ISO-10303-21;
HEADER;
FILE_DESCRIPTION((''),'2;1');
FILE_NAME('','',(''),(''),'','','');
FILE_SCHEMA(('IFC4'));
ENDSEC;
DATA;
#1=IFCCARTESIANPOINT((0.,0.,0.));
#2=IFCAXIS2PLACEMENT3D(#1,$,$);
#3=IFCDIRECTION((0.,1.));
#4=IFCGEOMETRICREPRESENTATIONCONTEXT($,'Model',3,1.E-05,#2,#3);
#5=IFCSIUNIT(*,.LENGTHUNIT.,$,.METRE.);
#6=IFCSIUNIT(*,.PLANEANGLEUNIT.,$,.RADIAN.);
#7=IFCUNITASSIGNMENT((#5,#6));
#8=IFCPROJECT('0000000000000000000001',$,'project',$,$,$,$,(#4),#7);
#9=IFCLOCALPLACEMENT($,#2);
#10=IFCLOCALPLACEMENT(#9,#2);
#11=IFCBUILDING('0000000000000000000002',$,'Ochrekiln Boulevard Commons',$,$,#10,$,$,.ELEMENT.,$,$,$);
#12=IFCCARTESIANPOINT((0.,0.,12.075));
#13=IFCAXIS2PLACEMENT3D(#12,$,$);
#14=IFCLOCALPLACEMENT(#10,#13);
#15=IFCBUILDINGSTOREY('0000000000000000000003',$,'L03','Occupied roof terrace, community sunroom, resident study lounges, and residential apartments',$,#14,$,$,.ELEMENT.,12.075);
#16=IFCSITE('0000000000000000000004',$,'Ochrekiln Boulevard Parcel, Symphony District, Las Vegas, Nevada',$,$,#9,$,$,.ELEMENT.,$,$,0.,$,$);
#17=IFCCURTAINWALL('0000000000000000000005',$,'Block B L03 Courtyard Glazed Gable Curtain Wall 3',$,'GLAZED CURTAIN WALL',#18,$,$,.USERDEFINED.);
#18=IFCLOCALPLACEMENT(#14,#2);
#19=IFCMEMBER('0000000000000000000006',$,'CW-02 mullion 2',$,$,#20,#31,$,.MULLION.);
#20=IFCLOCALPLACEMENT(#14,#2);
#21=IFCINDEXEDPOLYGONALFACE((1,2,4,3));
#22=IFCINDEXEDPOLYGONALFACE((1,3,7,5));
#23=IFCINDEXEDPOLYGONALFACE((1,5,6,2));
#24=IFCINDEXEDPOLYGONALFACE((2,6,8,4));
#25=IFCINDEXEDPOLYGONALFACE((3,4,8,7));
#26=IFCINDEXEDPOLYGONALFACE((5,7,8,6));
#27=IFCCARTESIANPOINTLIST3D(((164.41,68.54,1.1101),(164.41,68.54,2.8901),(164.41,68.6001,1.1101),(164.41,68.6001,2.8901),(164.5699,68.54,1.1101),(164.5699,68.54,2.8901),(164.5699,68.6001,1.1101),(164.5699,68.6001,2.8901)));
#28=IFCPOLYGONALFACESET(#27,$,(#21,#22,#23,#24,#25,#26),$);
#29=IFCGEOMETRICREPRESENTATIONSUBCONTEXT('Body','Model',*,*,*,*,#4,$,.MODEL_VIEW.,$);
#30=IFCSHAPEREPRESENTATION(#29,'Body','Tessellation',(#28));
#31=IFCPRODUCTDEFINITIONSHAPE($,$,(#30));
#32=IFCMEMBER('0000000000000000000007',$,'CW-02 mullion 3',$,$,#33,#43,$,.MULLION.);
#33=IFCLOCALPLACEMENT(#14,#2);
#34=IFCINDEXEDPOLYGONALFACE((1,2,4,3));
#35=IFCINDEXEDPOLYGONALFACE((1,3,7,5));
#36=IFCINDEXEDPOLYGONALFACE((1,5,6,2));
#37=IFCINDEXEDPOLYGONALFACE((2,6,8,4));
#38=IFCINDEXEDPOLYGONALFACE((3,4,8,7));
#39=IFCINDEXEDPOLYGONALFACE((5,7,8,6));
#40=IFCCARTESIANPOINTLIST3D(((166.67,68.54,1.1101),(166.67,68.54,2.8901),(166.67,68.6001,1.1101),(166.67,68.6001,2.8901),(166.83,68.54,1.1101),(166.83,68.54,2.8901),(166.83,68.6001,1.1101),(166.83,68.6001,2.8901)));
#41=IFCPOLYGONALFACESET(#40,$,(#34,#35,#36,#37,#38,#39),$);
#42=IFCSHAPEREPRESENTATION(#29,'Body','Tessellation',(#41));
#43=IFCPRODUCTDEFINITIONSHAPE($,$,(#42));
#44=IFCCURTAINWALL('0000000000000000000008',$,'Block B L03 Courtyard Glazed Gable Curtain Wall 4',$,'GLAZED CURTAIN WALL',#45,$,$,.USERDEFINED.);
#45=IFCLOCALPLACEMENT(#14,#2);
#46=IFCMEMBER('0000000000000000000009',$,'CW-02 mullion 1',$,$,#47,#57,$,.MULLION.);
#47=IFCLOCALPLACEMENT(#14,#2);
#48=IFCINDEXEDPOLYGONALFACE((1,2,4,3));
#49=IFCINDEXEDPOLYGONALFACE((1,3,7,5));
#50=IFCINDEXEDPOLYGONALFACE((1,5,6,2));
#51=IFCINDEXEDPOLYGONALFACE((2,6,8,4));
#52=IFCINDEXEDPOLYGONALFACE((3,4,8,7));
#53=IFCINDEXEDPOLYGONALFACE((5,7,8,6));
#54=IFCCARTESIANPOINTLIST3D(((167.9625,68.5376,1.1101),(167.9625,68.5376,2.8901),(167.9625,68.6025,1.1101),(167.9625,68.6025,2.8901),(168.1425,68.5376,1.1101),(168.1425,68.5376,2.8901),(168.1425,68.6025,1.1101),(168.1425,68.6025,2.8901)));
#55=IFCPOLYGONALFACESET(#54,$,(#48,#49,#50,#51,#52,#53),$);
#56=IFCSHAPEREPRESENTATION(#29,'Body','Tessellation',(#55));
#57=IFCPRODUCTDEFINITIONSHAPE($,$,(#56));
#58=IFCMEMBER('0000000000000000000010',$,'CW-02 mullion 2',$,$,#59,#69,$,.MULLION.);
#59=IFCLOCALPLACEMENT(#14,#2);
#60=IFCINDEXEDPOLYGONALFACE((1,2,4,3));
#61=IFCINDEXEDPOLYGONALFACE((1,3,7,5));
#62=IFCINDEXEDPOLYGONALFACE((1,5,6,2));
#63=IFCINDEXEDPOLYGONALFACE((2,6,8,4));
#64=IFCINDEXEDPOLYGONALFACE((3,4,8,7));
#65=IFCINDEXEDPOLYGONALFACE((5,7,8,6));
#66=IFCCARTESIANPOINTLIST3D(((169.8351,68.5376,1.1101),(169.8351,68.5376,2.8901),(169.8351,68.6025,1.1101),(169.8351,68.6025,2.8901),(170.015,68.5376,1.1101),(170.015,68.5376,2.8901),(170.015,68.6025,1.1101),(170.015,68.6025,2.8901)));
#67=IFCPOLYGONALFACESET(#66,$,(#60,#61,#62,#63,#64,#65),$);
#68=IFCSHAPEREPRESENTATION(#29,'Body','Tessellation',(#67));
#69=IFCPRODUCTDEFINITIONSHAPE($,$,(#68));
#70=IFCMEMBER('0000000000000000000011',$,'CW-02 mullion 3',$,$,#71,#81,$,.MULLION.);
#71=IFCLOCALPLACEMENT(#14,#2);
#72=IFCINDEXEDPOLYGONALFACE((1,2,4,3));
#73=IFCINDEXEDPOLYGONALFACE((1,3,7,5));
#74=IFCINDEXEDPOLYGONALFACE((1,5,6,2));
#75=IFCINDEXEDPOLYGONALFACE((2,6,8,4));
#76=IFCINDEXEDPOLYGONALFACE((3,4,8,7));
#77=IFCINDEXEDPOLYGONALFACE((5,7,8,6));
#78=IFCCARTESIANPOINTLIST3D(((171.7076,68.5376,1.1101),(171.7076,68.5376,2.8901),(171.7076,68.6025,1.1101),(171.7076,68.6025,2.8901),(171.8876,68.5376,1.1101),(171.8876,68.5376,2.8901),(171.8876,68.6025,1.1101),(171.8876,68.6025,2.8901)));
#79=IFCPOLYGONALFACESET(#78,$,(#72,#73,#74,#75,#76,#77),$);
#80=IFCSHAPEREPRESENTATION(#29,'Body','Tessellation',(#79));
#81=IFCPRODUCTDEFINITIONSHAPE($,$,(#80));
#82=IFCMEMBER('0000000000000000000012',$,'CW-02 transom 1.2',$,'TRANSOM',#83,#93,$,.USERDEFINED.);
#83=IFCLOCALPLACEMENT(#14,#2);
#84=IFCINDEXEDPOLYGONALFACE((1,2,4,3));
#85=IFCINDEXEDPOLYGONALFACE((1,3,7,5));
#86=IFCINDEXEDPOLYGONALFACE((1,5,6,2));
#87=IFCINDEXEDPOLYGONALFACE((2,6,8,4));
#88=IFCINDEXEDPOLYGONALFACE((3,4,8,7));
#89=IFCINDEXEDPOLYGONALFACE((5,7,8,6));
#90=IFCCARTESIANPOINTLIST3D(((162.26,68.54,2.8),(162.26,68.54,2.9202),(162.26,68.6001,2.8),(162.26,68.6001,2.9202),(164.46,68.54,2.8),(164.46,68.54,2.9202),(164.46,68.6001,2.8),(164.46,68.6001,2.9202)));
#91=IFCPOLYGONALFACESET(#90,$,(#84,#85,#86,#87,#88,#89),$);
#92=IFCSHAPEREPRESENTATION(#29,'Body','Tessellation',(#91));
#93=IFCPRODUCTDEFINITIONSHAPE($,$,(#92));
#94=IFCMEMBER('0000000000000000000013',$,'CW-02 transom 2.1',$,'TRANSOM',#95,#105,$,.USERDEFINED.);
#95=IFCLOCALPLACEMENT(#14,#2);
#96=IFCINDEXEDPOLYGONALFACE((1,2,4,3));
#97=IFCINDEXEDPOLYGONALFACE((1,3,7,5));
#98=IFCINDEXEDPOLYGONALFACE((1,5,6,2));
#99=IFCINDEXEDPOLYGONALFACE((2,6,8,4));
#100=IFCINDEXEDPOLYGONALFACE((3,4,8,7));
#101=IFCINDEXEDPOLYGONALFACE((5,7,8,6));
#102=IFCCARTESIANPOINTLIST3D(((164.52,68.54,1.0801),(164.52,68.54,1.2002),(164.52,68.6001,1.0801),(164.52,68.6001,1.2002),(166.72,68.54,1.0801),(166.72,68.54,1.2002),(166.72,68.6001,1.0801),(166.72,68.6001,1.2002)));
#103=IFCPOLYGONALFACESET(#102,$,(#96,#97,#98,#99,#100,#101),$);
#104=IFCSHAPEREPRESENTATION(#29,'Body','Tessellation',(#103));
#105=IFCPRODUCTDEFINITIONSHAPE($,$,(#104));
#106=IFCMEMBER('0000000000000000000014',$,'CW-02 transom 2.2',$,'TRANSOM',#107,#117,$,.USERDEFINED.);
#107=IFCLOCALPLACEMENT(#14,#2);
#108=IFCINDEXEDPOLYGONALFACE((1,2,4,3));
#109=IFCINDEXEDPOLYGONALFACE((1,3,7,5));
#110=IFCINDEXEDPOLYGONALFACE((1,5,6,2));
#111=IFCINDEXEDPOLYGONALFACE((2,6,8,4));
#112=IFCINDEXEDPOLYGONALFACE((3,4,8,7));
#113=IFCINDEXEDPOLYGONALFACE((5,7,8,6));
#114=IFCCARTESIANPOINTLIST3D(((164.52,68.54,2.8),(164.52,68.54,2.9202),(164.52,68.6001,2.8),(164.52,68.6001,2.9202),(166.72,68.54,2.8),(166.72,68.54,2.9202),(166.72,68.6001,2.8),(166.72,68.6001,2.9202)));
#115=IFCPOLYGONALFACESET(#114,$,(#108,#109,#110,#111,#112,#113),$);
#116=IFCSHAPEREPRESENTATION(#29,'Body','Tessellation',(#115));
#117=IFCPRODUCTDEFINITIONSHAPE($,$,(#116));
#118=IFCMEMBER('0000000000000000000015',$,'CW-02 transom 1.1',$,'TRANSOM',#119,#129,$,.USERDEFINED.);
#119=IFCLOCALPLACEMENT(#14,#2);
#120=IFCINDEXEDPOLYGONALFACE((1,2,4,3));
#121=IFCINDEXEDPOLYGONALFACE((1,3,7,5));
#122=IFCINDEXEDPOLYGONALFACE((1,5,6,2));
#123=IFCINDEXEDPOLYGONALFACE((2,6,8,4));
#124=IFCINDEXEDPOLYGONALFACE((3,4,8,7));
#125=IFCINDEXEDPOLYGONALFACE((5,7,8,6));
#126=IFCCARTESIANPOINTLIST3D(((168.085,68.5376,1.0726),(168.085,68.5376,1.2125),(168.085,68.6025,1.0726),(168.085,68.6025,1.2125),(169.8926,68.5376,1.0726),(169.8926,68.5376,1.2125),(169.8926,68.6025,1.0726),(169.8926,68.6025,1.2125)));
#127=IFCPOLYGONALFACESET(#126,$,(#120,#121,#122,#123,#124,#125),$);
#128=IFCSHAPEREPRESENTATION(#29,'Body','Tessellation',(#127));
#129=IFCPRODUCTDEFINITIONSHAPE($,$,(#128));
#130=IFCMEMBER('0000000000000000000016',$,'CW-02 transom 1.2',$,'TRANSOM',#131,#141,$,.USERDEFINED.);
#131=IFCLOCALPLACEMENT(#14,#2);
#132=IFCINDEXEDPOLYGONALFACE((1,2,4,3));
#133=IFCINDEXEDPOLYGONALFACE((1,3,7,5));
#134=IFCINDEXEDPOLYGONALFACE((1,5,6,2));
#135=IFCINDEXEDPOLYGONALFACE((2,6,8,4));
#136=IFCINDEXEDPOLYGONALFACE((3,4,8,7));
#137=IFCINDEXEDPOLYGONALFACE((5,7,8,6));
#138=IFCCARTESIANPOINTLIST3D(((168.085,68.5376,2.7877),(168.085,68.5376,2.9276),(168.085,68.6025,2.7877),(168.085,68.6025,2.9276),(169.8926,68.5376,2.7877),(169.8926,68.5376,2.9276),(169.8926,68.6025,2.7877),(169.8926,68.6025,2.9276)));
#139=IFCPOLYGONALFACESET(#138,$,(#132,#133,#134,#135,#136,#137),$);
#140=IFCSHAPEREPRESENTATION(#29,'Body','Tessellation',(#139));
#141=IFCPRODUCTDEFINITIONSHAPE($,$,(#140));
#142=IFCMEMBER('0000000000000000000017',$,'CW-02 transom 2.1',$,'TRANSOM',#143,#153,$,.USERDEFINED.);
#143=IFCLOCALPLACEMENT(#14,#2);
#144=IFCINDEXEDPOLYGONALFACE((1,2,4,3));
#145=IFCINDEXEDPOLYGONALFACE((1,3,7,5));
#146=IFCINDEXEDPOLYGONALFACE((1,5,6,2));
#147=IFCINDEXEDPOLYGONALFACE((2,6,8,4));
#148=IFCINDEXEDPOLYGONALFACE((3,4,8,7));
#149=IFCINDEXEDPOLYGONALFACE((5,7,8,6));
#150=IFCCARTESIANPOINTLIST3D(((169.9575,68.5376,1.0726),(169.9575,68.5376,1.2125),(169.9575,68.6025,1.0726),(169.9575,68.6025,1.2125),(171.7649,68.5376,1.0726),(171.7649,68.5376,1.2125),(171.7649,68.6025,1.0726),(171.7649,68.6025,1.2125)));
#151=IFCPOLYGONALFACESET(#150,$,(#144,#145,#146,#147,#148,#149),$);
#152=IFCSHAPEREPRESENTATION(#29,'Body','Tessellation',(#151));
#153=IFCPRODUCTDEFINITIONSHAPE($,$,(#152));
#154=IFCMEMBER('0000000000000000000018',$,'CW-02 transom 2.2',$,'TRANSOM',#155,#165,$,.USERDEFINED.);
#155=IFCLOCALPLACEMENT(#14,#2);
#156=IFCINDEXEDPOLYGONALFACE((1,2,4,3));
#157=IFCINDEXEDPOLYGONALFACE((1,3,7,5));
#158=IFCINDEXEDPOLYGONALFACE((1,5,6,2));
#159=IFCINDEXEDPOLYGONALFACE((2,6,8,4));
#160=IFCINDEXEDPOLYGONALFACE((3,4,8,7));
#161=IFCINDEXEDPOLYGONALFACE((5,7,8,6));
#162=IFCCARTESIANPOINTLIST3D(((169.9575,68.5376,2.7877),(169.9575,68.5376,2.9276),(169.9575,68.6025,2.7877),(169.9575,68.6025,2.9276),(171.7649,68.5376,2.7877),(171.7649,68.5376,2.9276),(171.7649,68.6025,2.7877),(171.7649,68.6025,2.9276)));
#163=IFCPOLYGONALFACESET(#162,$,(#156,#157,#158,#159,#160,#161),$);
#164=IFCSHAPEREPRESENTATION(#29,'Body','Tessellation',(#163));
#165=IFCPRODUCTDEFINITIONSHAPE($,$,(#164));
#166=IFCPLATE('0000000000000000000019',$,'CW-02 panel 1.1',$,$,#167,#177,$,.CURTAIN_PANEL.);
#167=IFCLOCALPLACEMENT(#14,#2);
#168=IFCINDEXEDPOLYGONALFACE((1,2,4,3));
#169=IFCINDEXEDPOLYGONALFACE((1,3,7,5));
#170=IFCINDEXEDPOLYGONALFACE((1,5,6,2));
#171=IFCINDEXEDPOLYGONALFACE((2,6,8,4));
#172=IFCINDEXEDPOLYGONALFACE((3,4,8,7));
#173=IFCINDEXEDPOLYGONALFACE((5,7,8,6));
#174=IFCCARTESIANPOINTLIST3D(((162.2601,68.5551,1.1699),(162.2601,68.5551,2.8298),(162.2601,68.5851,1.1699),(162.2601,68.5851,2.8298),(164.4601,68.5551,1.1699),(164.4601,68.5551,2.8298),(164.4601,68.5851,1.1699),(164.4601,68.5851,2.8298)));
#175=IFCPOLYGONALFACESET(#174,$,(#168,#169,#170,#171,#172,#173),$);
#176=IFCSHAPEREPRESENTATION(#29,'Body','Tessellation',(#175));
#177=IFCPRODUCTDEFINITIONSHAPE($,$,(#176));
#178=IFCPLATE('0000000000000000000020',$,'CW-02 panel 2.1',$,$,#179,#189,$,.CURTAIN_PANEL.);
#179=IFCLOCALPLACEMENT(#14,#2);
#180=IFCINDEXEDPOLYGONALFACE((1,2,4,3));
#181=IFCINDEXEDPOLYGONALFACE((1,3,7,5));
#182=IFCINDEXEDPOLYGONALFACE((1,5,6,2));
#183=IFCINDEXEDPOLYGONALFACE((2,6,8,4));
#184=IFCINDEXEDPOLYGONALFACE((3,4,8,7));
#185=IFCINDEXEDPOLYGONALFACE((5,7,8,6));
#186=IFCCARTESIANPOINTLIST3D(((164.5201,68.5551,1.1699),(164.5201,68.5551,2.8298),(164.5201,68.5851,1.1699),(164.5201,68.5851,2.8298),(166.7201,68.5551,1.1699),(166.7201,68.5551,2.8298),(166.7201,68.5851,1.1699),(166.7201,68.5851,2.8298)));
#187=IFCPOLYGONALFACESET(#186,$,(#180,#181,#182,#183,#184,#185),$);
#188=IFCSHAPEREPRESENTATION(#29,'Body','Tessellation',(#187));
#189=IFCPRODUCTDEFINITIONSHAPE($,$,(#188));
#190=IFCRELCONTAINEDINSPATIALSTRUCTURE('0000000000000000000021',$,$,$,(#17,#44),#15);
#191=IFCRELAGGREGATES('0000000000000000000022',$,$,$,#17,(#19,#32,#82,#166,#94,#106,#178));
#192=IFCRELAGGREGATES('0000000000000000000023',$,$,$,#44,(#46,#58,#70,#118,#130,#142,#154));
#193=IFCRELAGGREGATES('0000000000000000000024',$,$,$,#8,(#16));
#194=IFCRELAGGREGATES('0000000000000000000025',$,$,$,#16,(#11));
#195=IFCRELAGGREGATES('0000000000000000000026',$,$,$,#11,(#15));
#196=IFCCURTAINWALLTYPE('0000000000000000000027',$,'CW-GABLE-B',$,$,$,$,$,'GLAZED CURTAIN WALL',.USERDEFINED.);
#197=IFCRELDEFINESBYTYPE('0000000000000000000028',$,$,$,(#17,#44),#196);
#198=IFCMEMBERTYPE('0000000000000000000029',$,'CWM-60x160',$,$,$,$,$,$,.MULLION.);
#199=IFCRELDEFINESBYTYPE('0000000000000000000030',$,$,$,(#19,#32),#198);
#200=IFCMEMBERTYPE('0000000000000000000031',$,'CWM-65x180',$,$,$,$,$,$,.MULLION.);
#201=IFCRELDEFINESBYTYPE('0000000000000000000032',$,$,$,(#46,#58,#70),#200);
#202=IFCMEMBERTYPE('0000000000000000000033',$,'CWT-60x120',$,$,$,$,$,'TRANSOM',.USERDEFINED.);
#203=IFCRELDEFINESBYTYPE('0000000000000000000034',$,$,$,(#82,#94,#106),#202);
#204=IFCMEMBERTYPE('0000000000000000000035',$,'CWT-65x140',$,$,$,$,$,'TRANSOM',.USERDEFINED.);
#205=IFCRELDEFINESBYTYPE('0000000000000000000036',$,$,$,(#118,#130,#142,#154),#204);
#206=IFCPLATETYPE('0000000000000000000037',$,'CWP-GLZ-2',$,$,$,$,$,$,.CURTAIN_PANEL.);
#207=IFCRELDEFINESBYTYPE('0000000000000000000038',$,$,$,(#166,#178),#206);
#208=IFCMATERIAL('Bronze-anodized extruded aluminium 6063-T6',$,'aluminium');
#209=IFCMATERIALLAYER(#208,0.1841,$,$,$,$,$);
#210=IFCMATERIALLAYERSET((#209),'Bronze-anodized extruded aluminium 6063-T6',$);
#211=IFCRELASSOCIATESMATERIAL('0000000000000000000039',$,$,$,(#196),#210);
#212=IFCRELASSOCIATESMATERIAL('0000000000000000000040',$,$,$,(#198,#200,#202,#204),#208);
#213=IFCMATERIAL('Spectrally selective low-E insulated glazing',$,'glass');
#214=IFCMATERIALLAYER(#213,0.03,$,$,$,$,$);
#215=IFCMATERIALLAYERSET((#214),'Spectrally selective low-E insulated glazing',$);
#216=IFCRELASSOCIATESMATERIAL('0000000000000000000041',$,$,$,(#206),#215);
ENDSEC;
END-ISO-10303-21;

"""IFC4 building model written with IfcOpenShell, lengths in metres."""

from ifc_helpers import new_model, si_unit, direction, frame, origin, origin_2d, place, context, subcontext, project, spatial, rectangle, extrude, material, layer, layer_set, material_profile, profile_set, type_object, element, aggregate, save


model = new_model("IFC4")

# Units and contexts
model_context = context("Model", 3, precision=1e-05, world=origin(), true_north=direction((0.0, 1.0)))
body_context = subcontext(model_context, "Body", "Model", "MODEL_VIEW")
ifc_project = project(units=[si_unit("LENGTHUNIT", "METRE"), si_unit("PLANEANGLEUNIT", "RADIAN")], contexts=[model_context])

# Site, building, storey
site_placement = place(None, origin())
site = spatial("IfcSite", under=ifc_project, at=site_placement, Name="Ochrekiln Boulevard Parcel, Symphony District, Las Vegas, Nevada", CompositionType="ELEMENT", RefElevation=0.0)
building_placement = place(site_placement, origin())
building = spatial("IfcBuilding", under=site, at=building_placement, Name="Ochrekiln Boulevard Commons", CompositionType="ELEMENT")
storey_placement = place(building_placement, frame((0.0, 0.0, 12.075)))
storey = spatial("IfcBuildingStorey", under=building, at=storey_placement, Name="L03", Description="Occupied roof terrace, community sunroom, resident study lounges, and residential apartments", CompositionType="ELEMENT", Elevation=12.075)

# Curtain walls, members
ifc_material_1 = material(Name="Bronze-anodized extruded aluminium 6063-T6", Category="aluminium")
ifc_layer_1 = layer(ifc_material_1, 0.1841)
ifc_layer_set_1 = layer_set([ifc_layer_1], Name="Bronze-anodized extruded aluminium 6063-T6")
curtain_wall_type = type_object("IfcCurtainWallType", Name="CW-GABLE-B", ElementType="GLAZED CURTAIN WALL", PredefinedType="USERDEFINED", material=ifc_layer_set_1)
curtain_wall_1_placement = place(storey_placement, origin())
curtain_wall_1 = element("IfcCurtainWall", 1, at=curtain_wall_1_placement, inside=storey, type_object=curtain_wall_type, Name="Block B L03 Courtyard Glazed Gable Curtain Wall 3", ObjectType="GLAZED CURTAIN WALL", PredefinedType="USERDEFINED")
ifc_material_profile_1 = material_profile(ifc_material_1, rectangle(XDim=0.0601, YDim=0.1599, at=origin_2d()), Name="ALU-MUL-60x160")
ifc_profile_set_1 = profile_set([ifc_material_profile_1], Name="Bronze-anodized extruded aluminium 6063-T6")
member_type_1 = type_object("IfcMemberType", Name="CWM-60x160", PredefinedType="MULLION", material=ifc_profile_set_1)
member_1_placement = place(storey_placement, frame((164.49, 68.5701, 1.1101), z_axis=(0.0, 0.0, 1.0), x_axis=(0.0, 1.0, 0.0)))
member_1 = element("IfcMember", 2, at=member_1_placement, type_object=member_type_1, Name="CW-02 mullion 2", PredefinedType="MULLION", context=body_context, shape_type="SweptSolid", body=[
    extrude(rectangle(XDim=0.0601, YDim=0.1599, at=origin_2d()), origin(), (0.0, 0.0, 1.0), 1.78),
])
member_2_placement = place(storey_placement, frame((166.75, 68.5701, 1.1101), z_axis=(0.0, 0.0, 1.0), x_axis=(0.0, 1.0, 0.0)))
member_2 = element("IfcMember", 3, at=member_2_placement, type_object=member_type_1, Name="CW-02 mullion 3", PredefinedType="MULLION", context=body_context, shape_type="SweptSolid", body=[
    extrude(rectangle(XDim=0.0601, YDim=0.1599, at=origin_2d()), origin(), (0.0, 0.0, 1.0), 1.78),
])
curtain_wall_2_placement = place(storey_placement, origin())
curtain_wall_2 = element("IfcCurtainWall", 4, at=curtain_wall_2_placement, inside=storey, type_object=curtain_wall_type, Name="Block B L03 Courtyard Glazed Gable Curtain Wall 4", ObjectType="GLAZED CURTAIN WALL", PredefinedType="USERDEFINED")
ifc_material_profile_2 = material_profile(ifc_material_1, rectangle(XDim=0.0649, YDim=0.1799, at=origin_2d()), Name="ALU-MUL-65x180")
ifc_profile_set_2 = profile_set([ifc_material_profile_2], Name="Bronze-anodized extruded aluminium 6063-T6")
member_type_2 = type_object("IfcMemberType", Name="CWM-65x180", PredefinedType="MULLION", material=ifc_profile_set_2)
member_3_placement = place(storey_placement, frame((168.0525, 68.5701, 1.1101), z_axis=(0.0, 0.0, 1.0), x_axis=(0.0, 1.0, 0.0)))
member_3 = element("IfcMember", 5, at=member_3_placement, type_object=member_type_2, Name="CW-02 mullion 1", PredefinedType="MULLION", context=body_context, shape_type="SweptSolid", body=[
    extrude(rectangle(XDim=0.0649, YDim=0.1799, at=origin_2d()), origin(), (0.0, 0.0, 1.0), 1.78),
])
member_4_placement = place(storey_placement, frame((169.925, 68.5701, 1.1101), z_axis=(0.0, 0.0, 1.0), x_axis=(0.0, 1.0, 0.0)))
member_4 = element("IfcMember", 6, at=member_4_placement, type_object=member_type_2, Name="CW-02 mullion 2", PredefinedType="MULLION", context=body_context, shape_type="SweptSolid", body=[
    extrude(rectangle(XDim=0.0649, YDim=0.1799, at=origin_2d()), origin(), (0.0, 0.0, 1.0), 1.78),
])
member_5_placement = place(storey_placement, frame((171.7976, 68.5701, 1.1101), z_axis=(0.0, 0.0, 1.0), x_axis=(0.0, 1.0, 0.0)))
member_5 = element("IfcMember", 7, at=member_5_placement, type_object=member_type_2, Name="CW-02 mullion 3", PredefinedType="MULLION", context=body_context, shape_type="SweptSolid", body=[
    extrude(rectangle(XDim=0.0649, YDim=0.1799, at=origin_2d()), origin(), (0.0, 0.0, 1.0), 1.78),
])

# Members
ifc_material_profile_3 = material_profile(ifc_material_1, rectangle(XDim=0.0601, YDim=0.1201, at=origin_2d()), Name="ALU-TRN-60x120")
ifc_profile_set_3 = profile_set([ifc_material_profile_3], Name="Bronze-anodized extruded aluminium 6063-T6")
member_type_3 = type_object("IfcMemberType", Name="CWT-60x120", ElementType="TRANSOM", PredefinedType="USERDEFINED", material=ifc_profile_set_3)
member_6_placement = place(storey_placement, frame((162.26, 68.5701, 2.8601), z_axis=(1.0, 0.0, 0.0), x_axis=(0.0, 1.0, 0.0)))
member_6 = element("IfcMember", 8, at=member_6_placement, type_object=member_type_3, Name="CW-02 transom 1.2", ObjectType="TRANSOM", PredefinedType="USERDEFINED", context=body_context, shape_type="SweptSolid", body=[
    extrude(rectangle(XDim=0.0601, YDim=0.1201, at=origin_2d()), origin(), (0.0, 0.0, 1.0), 2.2),
])
member_7_placement = place(storey_placement, frame((164.52, 68.5701, 1.1401), z_axis=(1.0, 0.0, 0.0), x_axis=(0.0, 1.0, 0.0)))
member_7 = element("IfcMember", 9, at=member_7_placement, type_object=member_type_3, Name="CW-02 transom 2.1", ObjectType="TRANSOM", PredefinedType="USERDEFINED", context=body_context, shape_type="SweptSolid", body=[
    extrude(rectangle(XDim=0.0601, YDim=0.1201, at=origin_2d()), origin(), (0.0, 0.0, 1.0), 2.2),
])
member_8_placement = place(storey_placement, frame((164.52, 68.5701, 2.8601), z_axis=(1.0, 0.0, 0.0), x_axis=(0.0, 1.0, 0.0)))
member_8 = element("IfcMember", 10, at=member_8_placement, type_object=member_type_3, Name="CW-02 transom 2.2", ObjectType="TRANSOM", PredefinedType="USERDEFINED", context=body_context, shape_type="SweptSolid", body=[
    extrude(rectangle(XDim=0.0601, YDim=0.1201, at=origin_2d()), origin(), (0.0, 0.0, 1.0), 2.2),
])
ifc_material_profile_4 = material_profile(ifc_material_1, rectangle(XDim=0.0649, YDim=0.1399, at=origin_2d()), Name="ALU-TRN-65x140")
ifc_profile_set_4 = profile_set([ifc_material_profile_4], Name="Bronze-anodized extruded aluminium 6063-T6")
member_type_4 = type_object("IfcMemberType", Name="CWT-65x140", ElementType="TRANSOM", PredefinedType="USERDEFINED", material=ifc_profile_set_4)
member_9_placement = place(storey_placement, frame((168.085, 68.5701, 1.1426), z_axis=(1.0, 0.0, 0.0), x_axis=(0.0, 1.0, 0.0)))
member_9 = element("IfcMember", 11, at=member_9_placement, type_object=member_type_4, Name="CW-02 transom 1.1", ObjectType="TRANSOM", PredefinedType="USERDEFINED", context=body_context, shape_type="SweptSolid", body=[
    extrude(rectangle(XDim=0.0649, YDim=0.1399, at=origin_2d()), origin(), (0.0, 0.0, 1.0), 1.8076),
])
member_10_placement = place(storey_placement, frame((168.085, 68.5701, 2.8577), z_axis=(1.0, 0.0, 0.0), x_axis=(0.0, 1.0, 0.0)))
member_10 = element("IfcMember", 12, at=member_10_placement, type_object=member_type_4, Name="CW-02 transom 1.2", ObjectType="TRANSOM", PredefinedType="USERDEFINED", context=body_context, shape_type="SweptSolid", body=[
    extrude(rectangle(XDim=0.0649, YDim=0.1399, at=origin_2d()), origin(), (0.0, 0.0, 1.0), 1.8076),
])
member_11_placement = place(storey_placement, frame((169.9575, 68.5701, 1.1426), z_axis=(1.0, 0.0, 0.0), x_axis=(0.0, 1.0, 0.0)))
member_11 = element("IfcMember", 13, at=member_11_placement, type_object=member_type_4, Name="CW-02 transom 2.1", ObjectType="TRANSOM", PredefinedType="USERDEFINED", context=body_context, shape_type="SweptSolid", body=[
    extrude(rectangle(XDim=0.0649, YDim=0.1399, at=origin_2d()), origin(), (0.0, 0.0, 1.0), 1.8074),
])
member_12_placement = place(storey_placement, frame((169.9575, 68.5701, 2.8577), z_axis=(1.0, 0.0, 0.0), x_axis=(0.0, 1.0, 0.0)))
member_12 = element("IfcMember", 14, at=member_12_placement, type_object=member_type_4, Name="CW-02 transom 2.2", ObjectType="TRANSOM", PredefinedType="USERDEFINED", context=body_context, shape_type="SweptSolid", body=[
    extrude(rectangle(XDim=0.0649, YDim=0.1399, at=origin_2d()), origin(), (0.0, 0.0, 1.0), 1.8074),
])

# Plates
ifc_material_2 = material(Name="Spectrally selective low-E insulated glazing", Category="glass")
ifc_layer_2 = layer(ifc_material_2, 0.03)
ifc_layer_set_2 = layer_set([ifc_layer_2], Name="Spectrally selective low-E insulated glazing")
plate_type_1 = type_object("IfcPlateType", Name="CWP-GLZ-2", PredefinedType="CURTAIN_PANEL", material=ifc_layer_set_2)
plate_1_placement = place(storey_placement, frame((163.3601, 68.5701, 1.1699), z_axis=(0.0, 0.0, 1.0), x_axis=(1.0, 0.0, 0.0)))
plate_1 = element("IfcPlate", 15, at=plate_1_placement, type_object=plate_type_1, Name="CW-02 panel 1.1", PredefinedType="CURTAIN_PANEL", context=body_context, shape_type="SweptSolid", body=[
    extrude(rectangle(XDim=2.2, YDim=0.03, at=origin_2d()), origin(), (0.0, 0.0, 1.0), 1.6599),
])
plate_2_placement = place(storey_placement, frame((165.6201, 68.5701, 1.1699), z_axis=(0.0, 0.0, 1.0), x_axis=(1.0, 0.0, 0.0)))
plate_2 = element("IfcPlate", 16, at=plate_2_placement, type_object=plate_type_1, Name="CW-02 panel 2.1", PredefinedType="CURTAIN_PANEL", context=body_context, shape_type="SweptSolid", body=[
    extrude(rectangle(XDim=2.2, YDim=0.03, at=origin_2d()), origin(), (0.0, 0.0, 1.0), 1.6599),
])
aggregate(curtain_wall_1, [member_1, member_2, member_6, plate_1, member_7, member_8, plate_2])
aggregate(curtain_wall_2, [member_3, member_4, member_5, member_9, member_10, member_11, member_12])

save(model, "model.ifc")
